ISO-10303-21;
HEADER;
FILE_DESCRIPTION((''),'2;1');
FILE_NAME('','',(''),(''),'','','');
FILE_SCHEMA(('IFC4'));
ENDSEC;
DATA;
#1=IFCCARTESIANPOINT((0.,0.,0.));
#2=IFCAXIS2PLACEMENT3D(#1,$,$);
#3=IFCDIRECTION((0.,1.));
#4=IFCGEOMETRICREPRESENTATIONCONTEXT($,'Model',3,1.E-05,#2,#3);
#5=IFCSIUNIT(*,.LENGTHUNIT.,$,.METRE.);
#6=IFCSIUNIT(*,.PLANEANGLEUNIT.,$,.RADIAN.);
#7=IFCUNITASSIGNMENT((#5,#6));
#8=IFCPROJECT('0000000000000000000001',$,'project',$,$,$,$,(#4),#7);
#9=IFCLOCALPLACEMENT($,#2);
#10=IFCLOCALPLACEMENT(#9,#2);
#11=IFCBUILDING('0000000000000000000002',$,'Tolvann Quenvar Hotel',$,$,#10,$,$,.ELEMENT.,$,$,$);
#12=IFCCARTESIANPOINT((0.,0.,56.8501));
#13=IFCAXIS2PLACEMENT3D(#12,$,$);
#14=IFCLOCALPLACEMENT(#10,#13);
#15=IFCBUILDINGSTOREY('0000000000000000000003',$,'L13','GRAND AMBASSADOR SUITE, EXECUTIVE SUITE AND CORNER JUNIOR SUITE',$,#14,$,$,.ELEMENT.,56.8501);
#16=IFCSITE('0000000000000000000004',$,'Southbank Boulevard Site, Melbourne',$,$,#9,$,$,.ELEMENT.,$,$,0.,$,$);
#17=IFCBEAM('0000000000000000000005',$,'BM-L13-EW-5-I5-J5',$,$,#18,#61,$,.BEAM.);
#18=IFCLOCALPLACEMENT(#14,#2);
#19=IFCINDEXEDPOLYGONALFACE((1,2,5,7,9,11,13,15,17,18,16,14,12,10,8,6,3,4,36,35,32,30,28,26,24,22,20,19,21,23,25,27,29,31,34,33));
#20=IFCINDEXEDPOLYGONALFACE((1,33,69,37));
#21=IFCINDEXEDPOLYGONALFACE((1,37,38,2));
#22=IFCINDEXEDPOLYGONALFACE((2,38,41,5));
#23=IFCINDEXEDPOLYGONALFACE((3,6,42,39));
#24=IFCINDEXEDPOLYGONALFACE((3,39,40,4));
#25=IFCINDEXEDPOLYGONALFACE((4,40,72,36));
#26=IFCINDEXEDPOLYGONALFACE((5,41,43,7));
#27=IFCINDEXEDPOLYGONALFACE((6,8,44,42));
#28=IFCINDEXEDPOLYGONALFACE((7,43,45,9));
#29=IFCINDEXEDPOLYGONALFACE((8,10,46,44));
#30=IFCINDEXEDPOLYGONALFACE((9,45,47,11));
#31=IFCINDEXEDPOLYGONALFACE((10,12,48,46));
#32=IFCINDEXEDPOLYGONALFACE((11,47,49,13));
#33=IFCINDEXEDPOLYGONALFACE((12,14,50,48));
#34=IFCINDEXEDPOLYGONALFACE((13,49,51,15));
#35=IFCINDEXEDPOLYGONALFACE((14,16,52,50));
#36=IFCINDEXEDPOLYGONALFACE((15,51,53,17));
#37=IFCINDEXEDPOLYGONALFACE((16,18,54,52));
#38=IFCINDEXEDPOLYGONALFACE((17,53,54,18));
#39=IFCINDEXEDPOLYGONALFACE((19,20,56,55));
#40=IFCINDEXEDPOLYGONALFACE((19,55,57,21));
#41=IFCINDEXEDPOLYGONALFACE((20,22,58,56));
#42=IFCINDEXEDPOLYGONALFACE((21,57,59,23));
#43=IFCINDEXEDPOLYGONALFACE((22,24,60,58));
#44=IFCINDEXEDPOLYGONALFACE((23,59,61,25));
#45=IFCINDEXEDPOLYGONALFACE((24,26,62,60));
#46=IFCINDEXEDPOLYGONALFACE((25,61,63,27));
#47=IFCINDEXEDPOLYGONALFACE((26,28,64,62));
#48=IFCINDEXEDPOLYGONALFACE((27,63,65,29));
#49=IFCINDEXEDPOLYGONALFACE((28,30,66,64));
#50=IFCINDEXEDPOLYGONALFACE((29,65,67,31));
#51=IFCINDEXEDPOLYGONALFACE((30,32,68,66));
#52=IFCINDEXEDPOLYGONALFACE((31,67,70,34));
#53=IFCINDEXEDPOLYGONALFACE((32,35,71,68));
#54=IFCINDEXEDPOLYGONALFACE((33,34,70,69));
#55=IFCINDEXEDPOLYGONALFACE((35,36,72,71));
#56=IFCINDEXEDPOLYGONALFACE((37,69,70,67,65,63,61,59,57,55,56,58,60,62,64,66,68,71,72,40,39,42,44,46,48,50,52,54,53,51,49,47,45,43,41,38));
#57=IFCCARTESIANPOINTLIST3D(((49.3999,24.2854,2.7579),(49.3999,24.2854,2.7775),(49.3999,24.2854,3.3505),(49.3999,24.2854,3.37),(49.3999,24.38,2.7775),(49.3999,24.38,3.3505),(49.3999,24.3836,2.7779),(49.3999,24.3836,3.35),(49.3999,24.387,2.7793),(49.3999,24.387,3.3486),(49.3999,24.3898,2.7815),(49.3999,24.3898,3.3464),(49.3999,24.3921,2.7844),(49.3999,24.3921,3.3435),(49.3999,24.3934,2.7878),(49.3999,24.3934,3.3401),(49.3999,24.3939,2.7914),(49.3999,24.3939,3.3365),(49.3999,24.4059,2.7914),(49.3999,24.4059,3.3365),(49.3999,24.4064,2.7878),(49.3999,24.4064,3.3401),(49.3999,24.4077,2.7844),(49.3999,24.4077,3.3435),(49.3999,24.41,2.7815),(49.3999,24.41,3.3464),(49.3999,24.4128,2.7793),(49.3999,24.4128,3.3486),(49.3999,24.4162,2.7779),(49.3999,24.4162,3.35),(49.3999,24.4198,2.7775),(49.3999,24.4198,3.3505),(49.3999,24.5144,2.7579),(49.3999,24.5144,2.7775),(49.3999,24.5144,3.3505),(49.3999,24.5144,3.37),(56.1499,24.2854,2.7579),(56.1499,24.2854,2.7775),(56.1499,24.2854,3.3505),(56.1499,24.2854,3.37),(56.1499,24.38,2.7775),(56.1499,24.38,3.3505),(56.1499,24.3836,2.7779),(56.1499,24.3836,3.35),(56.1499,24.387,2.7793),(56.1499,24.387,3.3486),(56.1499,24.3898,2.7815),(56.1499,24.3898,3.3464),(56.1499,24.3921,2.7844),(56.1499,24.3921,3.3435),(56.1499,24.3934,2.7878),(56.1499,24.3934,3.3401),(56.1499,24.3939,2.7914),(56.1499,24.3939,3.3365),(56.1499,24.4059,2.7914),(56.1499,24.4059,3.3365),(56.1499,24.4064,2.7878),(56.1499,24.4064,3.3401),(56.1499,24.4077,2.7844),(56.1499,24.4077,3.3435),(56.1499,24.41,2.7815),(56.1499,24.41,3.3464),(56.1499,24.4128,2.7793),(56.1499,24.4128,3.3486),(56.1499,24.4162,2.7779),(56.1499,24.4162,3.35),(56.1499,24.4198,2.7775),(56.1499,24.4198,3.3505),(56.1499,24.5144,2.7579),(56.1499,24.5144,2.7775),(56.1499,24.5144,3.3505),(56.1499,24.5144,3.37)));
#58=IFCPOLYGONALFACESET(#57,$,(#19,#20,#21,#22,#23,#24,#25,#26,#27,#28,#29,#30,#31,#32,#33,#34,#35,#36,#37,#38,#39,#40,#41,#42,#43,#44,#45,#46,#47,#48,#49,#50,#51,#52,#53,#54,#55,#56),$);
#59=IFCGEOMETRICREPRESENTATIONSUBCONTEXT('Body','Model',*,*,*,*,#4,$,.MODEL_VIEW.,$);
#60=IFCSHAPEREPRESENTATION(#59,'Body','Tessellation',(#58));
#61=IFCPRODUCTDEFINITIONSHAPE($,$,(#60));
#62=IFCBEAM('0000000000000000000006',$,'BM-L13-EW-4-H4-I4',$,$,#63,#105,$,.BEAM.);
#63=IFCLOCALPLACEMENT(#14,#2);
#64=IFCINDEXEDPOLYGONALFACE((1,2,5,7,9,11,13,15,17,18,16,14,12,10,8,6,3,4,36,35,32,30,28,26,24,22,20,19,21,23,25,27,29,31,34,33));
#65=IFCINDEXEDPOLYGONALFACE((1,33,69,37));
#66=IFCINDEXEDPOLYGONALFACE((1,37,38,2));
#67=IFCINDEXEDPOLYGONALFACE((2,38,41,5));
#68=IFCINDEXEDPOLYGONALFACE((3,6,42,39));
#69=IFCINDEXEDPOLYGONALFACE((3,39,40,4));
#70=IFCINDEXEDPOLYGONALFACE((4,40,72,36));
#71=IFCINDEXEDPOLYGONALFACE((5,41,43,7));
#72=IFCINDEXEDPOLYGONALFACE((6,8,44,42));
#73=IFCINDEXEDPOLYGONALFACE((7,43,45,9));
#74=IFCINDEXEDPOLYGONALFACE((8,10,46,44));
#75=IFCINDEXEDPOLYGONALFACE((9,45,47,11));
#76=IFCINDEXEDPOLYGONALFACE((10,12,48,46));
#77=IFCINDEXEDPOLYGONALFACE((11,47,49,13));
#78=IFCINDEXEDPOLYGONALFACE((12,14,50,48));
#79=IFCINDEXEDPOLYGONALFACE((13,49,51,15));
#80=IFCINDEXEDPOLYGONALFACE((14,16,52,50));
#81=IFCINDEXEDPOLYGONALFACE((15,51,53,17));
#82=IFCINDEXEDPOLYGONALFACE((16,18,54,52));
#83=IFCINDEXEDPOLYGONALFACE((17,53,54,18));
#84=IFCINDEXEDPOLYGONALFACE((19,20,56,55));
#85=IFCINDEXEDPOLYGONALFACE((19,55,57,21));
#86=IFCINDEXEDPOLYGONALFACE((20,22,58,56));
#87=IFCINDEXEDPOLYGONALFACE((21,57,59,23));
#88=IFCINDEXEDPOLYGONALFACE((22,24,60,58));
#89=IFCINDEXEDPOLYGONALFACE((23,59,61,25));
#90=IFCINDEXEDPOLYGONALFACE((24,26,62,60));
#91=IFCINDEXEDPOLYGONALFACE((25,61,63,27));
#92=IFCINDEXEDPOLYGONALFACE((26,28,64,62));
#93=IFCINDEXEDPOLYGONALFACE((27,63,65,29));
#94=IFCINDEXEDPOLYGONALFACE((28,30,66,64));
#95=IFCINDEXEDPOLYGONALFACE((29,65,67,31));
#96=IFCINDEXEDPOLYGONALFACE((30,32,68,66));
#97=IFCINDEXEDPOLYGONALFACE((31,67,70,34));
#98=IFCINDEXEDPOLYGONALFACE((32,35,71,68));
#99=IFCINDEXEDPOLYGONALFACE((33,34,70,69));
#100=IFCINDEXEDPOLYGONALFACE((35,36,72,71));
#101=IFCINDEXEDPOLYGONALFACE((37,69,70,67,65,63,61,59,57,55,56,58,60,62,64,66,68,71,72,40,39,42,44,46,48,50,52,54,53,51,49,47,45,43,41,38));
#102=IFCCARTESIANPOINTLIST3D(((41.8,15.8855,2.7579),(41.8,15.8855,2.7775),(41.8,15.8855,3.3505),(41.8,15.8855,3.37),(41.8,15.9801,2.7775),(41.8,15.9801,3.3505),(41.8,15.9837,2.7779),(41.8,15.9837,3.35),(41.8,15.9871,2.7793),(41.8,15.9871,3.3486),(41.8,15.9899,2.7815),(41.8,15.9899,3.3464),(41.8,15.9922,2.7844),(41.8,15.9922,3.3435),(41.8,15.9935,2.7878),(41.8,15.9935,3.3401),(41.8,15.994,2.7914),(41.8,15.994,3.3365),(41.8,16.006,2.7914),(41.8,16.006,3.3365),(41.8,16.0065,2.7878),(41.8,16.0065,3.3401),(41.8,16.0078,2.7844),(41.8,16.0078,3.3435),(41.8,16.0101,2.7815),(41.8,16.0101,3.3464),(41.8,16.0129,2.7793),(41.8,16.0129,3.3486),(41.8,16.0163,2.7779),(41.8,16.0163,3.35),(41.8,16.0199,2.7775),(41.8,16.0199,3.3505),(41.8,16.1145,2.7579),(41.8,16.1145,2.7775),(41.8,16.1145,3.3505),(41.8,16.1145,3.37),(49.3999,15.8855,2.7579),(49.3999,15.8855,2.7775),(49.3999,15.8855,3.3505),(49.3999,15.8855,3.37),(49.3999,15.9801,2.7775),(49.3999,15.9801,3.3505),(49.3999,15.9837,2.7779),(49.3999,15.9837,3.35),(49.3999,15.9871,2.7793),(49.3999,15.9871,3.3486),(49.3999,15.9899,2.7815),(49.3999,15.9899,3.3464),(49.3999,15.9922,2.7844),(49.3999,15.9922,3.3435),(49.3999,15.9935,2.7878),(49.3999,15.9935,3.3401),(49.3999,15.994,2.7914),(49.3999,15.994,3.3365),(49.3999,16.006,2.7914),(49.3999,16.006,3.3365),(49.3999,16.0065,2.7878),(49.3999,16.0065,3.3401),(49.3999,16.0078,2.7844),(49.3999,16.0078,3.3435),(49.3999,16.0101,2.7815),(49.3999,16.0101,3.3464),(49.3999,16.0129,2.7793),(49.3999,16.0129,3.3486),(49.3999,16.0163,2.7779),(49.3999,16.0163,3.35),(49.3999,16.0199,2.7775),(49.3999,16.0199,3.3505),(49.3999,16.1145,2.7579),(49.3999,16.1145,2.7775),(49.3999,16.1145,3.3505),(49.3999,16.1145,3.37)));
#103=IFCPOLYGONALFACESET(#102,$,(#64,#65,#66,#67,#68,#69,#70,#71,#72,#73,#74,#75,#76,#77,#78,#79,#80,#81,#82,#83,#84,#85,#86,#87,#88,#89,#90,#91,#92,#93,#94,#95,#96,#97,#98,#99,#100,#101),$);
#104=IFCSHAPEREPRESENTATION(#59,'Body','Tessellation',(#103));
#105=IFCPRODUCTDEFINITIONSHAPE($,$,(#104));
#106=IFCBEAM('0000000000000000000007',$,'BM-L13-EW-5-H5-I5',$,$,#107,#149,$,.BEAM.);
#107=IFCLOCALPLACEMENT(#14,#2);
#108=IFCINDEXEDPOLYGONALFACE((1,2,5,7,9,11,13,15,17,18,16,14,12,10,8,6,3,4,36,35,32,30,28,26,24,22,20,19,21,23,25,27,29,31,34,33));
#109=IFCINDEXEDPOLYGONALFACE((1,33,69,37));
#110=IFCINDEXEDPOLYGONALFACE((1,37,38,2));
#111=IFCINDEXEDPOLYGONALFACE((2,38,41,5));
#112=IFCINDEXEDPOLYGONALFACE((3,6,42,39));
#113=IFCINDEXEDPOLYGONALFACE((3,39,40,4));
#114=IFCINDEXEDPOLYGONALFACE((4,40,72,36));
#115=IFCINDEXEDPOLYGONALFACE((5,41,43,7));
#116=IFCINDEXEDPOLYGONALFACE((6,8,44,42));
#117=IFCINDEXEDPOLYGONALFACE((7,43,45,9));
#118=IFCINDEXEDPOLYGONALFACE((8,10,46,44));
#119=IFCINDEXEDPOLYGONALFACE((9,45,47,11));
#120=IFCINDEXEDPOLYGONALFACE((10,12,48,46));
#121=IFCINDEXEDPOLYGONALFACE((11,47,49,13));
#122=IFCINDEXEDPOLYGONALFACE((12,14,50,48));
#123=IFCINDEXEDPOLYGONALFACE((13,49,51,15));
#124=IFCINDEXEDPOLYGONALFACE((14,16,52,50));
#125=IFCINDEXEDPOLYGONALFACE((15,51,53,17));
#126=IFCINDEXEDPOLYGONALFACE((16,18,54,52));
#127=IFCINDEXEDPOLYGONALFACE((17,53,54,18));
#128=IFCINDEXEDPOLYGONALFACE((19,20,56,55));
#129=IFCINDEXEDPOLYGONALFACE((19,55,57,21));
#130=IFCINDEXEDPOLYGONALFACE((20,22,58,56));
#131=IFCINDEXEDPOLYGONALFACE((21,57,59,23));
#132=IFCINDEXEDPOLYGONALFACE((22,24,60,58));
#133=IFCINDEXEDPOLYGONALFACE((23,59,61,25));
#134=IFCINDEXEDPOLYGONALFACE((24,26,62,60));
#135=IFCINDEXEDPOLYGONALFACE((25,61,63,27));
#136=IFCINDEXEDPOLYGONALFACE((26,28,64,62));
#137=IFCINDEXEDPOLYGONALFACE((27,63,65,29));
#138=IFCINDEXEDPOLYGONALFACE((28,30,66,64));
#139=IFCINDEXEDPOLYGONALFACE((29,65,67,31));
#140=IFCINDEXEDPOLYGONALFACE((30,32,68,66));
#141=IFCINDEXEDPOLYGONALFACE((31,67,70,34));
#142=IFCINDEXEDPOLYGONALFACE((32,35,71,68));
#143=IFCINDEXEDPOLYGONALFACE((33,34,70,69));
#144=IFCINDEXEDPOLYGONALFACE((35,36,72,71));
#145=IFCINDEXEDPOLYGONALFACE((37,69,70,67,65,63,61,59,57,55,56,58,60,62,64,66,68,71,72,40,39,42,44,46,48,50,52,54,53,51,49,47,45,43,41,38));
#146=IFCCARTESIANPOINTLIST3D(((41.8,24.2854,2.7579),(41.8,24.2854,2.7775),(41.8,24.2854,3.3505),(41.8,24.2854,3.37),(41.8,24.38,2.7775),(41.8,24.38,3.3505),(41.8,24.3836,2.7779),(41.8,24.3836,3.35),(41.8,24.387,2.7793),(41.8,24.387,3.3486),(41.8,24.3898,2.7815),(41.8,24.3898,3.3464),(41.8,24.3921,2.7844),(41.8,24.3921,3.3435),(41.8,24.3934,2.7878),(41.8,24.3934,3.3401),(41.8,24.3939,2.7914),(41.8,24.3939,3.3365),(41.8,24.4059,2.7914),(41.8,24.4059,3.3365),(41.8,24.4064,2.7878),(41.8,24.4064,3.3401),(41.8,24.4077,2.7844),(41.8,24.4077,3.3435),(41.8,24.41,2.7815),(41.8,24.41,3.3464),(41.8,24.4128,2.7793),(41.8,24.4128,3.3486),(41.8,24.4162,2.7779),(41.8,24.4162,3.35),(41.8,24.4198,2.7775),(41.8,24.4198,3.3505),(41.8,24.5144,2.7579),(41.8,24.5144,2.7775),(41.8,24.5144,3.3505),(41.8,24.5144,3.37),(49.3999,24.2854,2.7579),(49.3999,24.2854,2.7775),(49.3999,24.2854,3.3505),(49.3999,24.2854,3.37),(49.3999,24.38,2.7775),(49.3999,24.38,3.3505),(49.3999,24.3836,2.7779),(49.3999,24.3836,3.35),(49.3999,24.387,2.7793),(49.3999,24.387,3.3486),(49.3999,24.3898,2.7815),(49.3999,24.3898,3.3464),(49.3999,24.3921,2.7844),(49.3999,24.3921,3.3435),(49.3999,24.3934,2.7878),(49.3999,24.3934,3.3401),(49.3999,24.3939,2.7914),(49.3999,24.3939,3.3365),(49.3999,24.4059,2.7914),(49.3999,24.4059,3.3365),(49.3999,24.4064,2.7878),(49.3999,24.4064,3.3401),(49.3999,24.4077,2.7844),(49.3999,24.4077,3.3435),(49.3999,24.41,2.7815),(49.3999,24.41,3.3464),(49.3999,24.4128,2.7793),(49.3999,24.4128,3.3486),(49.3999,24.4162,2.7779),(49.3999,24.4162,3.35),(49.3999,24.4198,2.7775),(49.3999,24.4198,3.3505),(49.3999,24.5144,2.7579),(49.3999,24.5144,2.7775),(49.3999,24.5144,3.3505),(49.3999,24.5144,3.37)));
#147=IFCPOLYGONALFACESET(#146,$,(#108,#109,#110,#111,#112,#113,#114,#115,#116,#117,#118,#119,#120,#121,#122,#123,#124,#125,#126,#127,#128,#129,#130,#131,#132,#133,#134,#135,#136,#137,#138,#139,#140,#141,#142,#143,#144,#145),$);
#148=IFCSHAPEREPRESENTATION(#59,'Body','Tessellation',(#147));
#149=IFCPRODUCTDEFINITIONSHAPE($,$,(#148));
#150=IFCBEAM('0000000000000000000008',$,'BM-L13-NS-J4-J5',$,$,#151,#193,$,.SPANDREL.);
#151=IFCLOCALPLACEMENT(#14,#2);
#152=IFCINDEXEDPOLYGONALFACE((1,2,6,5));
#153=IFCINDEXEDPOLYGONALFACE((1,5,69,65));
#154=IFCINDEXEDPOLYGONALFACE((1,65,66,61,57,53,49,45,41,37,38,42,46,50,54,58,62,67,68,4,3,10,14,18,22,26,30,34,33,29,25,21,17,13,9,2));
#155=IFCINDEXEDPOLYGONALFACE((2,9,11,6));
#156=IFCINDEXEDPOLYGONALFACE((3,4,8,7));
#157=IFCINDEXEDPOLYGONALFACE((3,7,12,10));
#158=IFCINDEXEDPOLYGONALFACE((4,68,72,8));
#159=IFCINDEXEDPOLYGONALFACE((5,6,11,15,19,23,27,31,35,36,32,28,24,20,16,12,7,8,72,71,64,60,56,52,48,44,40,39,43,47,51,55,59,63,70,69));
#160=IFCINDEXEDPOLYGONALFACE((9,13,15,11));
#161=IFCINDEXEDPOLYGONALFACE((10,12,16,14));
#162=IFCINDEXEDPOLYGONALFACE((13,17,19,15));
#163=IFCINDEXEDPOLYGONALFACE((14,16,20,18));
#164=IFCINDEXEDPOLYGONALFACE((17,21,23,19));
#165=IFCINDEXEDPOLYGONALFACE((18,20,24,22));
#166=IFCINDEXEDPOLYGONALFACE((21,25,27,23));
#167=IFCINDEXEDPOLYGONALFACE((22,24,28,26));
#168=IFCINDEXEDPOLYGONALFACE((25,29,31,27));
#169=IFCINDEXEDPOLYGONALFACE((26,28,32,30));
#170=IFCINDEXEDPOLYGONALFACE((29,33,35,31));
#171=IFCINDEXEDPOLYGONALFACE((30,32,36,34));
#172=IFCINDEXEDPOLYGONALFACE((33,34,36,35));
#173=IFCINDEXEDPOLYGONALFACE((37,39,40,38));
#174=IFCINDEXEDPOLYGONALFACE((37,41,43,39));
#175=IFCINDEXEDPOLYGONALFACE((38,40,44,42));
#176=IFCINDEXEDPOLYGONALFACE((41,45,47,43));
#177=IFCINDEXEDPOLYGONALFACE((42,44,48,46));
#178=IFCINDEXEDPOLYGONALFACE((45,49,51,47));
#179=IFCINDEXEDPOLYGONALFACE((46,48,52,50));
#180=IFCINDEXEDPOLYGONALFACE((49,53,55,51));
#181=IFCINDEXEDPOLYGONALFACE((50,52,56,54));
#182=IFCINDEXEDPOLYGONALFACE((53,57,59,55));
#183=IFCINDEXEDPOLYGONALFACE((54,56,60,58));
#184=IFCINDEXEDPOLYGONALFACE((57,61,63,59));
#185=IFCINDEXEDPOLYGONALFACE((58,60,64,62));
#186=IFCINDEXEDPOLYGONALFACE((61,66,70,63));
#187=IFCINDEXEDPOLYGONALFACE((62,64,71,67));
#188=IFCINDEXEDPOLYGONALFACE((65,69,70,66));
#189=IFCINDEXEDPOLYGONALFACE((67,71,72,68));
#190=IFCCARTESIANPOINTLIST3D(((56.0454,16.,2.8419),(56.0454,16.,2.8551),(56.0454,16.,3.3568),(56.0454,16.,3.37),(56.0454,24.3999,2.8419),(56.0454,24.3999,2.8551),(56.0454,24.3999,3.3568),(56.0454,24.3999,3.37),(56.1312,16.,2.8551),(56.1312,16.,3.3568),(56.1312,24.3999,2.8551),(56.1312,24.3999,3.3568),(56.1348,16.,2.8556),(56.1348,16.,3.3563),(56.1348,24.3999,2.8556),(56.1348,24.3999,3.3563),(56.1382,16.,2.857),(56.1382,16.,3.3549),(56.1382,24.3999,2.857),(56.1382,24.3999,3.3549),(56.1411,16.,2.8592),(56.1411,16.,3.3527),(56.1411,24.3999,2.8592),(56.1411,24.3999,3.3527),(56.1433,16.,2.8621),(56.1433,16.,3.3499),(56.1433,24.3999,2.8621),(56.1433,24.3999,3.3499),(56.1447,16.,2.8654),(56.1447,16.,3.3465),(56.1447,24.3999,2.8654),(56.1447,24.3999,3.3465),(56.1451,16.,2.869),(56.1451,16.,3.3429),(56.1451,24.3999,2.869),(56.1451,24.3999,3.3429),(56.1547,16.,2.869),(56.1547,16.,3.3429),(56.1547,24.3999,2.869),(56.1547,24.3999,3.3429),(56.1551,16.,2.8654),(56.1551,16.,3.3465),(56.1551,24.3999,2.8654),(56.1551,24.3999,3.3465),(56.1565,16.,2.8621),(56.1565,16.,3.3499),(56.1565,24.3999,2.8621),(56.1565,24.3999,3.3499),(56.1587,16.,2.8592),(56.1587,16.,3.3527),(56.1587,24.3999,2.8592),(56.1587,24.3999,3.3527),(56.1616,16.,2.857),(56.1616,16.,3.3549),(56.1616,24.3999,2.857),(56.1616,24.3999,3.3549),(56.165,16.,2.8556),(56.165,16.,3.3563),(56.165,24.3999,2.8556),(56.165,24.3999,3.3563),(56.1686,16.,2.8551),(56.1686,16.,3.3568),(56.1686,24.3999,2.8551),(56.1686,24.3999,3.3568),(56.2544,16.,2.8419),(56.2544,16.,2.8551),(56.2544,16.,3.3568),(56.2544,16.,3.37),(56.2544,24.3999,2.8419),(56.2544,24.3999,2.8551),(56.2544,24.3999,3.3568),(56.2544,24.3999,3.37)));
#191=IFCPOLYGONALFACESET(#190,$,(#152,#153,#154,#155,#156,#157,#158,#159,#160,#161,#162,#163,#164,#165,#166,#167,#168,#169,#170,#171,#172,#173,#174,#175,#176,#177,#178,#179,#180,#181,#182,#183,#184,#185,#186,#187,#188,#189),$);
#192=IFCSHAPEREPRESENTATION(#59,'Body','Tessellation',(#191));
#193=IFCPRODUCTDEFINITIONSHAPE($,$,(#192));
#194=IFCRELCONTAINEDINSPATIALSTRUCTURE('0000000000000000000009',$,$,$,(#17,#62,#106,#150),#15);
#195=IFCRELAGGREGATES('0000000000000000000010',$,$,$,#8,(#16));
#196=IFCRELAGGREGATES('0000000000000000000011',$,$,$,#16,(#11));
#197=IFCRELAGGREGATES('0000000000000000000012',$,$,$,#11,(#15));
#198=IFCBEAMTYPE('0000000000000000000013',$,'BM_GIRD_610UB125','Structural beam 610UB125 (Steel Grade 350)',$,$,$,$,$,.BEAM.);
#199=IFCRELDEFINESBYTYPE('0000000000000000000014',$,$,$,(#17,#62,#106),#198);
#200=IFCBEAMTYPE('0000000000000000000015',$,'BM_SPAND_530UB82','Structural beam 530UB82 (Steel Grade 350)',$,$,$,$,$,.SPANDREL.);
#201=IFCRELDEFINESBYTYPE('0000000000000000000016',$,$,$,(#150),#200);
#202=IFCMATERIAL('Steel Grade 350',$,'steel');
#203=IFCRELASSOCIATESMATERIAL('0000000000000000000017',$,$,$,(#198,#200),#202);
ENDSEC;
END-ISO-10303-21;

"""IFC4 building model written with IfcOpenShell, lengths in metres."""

from ifc_helpers import new_model, si_unit, direction, frame, origin, origin_2d, place, context, subcontext, project, spatial, i_section, extrude, source, transform, mapped, material, material_profile, profile_set, type_object, type_shapes, element, save


model = new_model("IFC4")

# Units and contexts
model_context = context("Model", 3, precision=1e-05, world=origin(), true_north=direction((0.0, 1.0)))
body_context = subcontext(model_context, "Body", "Model", "MODEL_VIEW")
ifc_project = project(units=[si_unit("LENGTHUNIT", "METRE"), si_unit("PLANEANGLEUNIT", "RADIAN")], contexts=[model_context])

# Site, building, storey
site_placement = place(None, origin())
site = spatial("IfcSite", under=ifc_project, at=site_placement, Name="Southbank Boulevard Site, Melbourne", CompositionType="ELEMENT", RefElevation=0.0)
building_placement = place(site_placement, origin())
building = spatial("IfcBuilding", under=site, at=building_placement, Name="Tolvann Quenvar Hotel", CompositionType="ELEMENT")
storey_placement = place(building_placement, frame((0.0, 0.0, 56.8501)))
storey = spatial("IfcBuildingStorey", under=building, at=storey_placement, Name="L13", Description="GRAND AMBASSADOR SUITE, EXECUTIVE SUITE AND CORNER JUNIOR SUITE", CompositionType="ELEMENT", Elevation=56.8501)

# Shared definitions
ifc_material_1 = material(Name="Steel Grade 350", Category="steel")

# Beams
ifc_material_profile_1 = material_profile(ifc_material_1, i_section(OverallWidth=0.229, OverallDepth=0.6121, WebThickness=0.012, FlangeThickness=0.0195, FilletRadius=0.0139, at=origin_2d()), Name="610UB125")
ifc_profile_set_1 = profile_set([ifc_material_profile_1], Name="Steel Grade 350")
beam_type_1 = type_object("IfcBeamType", Name="BM_GIRD_610UB125", Description="Structural beam 610UB125 (Steel Grade 350)", PredefinedType="BEAM", material=ifc_profile_set_1)
shared_shape_1 = source(origin(), body_context, "Body", "SweptSolid", [
    extrude(i_section(OverallWidth=0.229, OverallDepth=0.6121, WebThickness=0.012, FlangeThickness=0.0195, FilletRadius=0.0139, at=origin_2d()), origin(), (0.0, 0.0, 1.0), 6.75),
])
for number, where, z_axis, x_axis, name in (
    (1, (49.3999, 24.3999, 3.064), (1.0, 0.0, 0.0), (0.0, 1.0, 0.0), "BM-L13-EW-5-I5-J5"),
):
    element("IfcBeam", number, at=place(storey_placement, frame(where, z_axis=z_axis, x_axis=x_axis)), inside=storey, type_object=beam_type_1, Name=name, PredefinedType="BEAM", context=body_context, shape_type="MappedRepresentation", body=[
        mapped(shared_shape_1, transform((0.0, 0.0, 0.0), x_axis=(1.0, 0.0, 0.0), y_axis=(0.0, 1.0, 0.0), z_axis=(0.0, 0.0, 1.0), scale=1.0)),
    ])
shared_shape_2 = source(origin(), body_context, "Body", "SweptSolid", [
    extrude(i_section(OverallWidth=0.229, OverallDepth=0.6121, WebThickness=0.012, FlangeThickness=0.0195, FilletRadius=0.0139, at=origin_2d()), origin(), (0.0, 0.0, 1.0), 7.5999),
])
type_shapes(beam_type_1, [shared_shape_1, shared_shape_2])
for number, where, z_axis, x_axis, name in (
    (2, (41.8, 16.0, 3.064), (1.0, 0.0, 0.0), (0.0, 1.0, 0.0), "BM-L13-EW-4-H4-I4"),
    (3, (41.8, 24.3999, 3.064), (1.0, 0.0, 0.0), (0.0, 1.0, 0.0), "BM-L13-EW-5-H5-I5"),
):
    element("IfcBeam", number, at=place(storey_placement, frame(where, z_axis=z_axis, x_axis=x_axis)), inside=storey, type_object=beam_type_1, Name=name, PredefinedType="BEAM", context=body_context, shape_type="MappedRepresentation", body=[
        mapped(shared_shape_2, transform((0.0, 0.0, 0.0), x_axis=(1.0, 0.0, 0.0), y_axis=(0.0, 1.0, 0.0), z_axis=(0.0, 0.0, 1.0), scale=1.0)),
    ])
ifc_material_profile_2 = material_profile(ifc_material_1, i_section(OverallWidth=0.209, OverallDepth=0.5281, WebThickness=0.0095, FlangeThickness=0.0132, FilletRadius=0.0139, at=origin_2d()), Name="530UB82")
ifc_profile_set_2 = profile_set([ifc_material_profile_2], Name="Steel Grade 350")
beam_type_2 = type_object("IfcBeamType", Name="BM_SPAND_530UB82", Description="Structural beam 530UB82 (Steel Grade 350)", PredefinedType="SPANDREL", material=ifc_profile_set_2)
shared_shape_3 = source(origin(), body_context, "Body", "SweptSolid", [
    extrude(i_section(OverallWidth=0.209, OverallDepth=0.5281, WebThickness=0.0095, FlangeThickness=0.0132, FilletRadius=0.0139, at=origin_2d()), origin(), (0.0, 0.0, 1.0), 8.3999),
])
type_shapes(beam_type_2, [shared_shape_3])
beam_1_placement = place(storey_placement, frame((56.1499, 16.0, 3.106), z_axis=(0.0, 1.0, 0.0), x_axis=(-1.0, 0.0, 0.0)))
element("IfcBeam", 4, at=beam_1_placement, inside=storey, type_object=beam_type_2, Name="BM-L13-NS-J4-J5", PredefinedType="SPANDREL", context=body_context, shape_type="MappedRepresentation", body=[
    mapped(shared_shape_3, transform((0.0, 0.0, 0.0), x_axis=(1.0, 0.0, 0.0), y_axis=(0.0, 1.0, 0.0), z_axis=(0.0, 0.0, 1.0), scale=1.0)),
])

save(model, "model.ifc")
